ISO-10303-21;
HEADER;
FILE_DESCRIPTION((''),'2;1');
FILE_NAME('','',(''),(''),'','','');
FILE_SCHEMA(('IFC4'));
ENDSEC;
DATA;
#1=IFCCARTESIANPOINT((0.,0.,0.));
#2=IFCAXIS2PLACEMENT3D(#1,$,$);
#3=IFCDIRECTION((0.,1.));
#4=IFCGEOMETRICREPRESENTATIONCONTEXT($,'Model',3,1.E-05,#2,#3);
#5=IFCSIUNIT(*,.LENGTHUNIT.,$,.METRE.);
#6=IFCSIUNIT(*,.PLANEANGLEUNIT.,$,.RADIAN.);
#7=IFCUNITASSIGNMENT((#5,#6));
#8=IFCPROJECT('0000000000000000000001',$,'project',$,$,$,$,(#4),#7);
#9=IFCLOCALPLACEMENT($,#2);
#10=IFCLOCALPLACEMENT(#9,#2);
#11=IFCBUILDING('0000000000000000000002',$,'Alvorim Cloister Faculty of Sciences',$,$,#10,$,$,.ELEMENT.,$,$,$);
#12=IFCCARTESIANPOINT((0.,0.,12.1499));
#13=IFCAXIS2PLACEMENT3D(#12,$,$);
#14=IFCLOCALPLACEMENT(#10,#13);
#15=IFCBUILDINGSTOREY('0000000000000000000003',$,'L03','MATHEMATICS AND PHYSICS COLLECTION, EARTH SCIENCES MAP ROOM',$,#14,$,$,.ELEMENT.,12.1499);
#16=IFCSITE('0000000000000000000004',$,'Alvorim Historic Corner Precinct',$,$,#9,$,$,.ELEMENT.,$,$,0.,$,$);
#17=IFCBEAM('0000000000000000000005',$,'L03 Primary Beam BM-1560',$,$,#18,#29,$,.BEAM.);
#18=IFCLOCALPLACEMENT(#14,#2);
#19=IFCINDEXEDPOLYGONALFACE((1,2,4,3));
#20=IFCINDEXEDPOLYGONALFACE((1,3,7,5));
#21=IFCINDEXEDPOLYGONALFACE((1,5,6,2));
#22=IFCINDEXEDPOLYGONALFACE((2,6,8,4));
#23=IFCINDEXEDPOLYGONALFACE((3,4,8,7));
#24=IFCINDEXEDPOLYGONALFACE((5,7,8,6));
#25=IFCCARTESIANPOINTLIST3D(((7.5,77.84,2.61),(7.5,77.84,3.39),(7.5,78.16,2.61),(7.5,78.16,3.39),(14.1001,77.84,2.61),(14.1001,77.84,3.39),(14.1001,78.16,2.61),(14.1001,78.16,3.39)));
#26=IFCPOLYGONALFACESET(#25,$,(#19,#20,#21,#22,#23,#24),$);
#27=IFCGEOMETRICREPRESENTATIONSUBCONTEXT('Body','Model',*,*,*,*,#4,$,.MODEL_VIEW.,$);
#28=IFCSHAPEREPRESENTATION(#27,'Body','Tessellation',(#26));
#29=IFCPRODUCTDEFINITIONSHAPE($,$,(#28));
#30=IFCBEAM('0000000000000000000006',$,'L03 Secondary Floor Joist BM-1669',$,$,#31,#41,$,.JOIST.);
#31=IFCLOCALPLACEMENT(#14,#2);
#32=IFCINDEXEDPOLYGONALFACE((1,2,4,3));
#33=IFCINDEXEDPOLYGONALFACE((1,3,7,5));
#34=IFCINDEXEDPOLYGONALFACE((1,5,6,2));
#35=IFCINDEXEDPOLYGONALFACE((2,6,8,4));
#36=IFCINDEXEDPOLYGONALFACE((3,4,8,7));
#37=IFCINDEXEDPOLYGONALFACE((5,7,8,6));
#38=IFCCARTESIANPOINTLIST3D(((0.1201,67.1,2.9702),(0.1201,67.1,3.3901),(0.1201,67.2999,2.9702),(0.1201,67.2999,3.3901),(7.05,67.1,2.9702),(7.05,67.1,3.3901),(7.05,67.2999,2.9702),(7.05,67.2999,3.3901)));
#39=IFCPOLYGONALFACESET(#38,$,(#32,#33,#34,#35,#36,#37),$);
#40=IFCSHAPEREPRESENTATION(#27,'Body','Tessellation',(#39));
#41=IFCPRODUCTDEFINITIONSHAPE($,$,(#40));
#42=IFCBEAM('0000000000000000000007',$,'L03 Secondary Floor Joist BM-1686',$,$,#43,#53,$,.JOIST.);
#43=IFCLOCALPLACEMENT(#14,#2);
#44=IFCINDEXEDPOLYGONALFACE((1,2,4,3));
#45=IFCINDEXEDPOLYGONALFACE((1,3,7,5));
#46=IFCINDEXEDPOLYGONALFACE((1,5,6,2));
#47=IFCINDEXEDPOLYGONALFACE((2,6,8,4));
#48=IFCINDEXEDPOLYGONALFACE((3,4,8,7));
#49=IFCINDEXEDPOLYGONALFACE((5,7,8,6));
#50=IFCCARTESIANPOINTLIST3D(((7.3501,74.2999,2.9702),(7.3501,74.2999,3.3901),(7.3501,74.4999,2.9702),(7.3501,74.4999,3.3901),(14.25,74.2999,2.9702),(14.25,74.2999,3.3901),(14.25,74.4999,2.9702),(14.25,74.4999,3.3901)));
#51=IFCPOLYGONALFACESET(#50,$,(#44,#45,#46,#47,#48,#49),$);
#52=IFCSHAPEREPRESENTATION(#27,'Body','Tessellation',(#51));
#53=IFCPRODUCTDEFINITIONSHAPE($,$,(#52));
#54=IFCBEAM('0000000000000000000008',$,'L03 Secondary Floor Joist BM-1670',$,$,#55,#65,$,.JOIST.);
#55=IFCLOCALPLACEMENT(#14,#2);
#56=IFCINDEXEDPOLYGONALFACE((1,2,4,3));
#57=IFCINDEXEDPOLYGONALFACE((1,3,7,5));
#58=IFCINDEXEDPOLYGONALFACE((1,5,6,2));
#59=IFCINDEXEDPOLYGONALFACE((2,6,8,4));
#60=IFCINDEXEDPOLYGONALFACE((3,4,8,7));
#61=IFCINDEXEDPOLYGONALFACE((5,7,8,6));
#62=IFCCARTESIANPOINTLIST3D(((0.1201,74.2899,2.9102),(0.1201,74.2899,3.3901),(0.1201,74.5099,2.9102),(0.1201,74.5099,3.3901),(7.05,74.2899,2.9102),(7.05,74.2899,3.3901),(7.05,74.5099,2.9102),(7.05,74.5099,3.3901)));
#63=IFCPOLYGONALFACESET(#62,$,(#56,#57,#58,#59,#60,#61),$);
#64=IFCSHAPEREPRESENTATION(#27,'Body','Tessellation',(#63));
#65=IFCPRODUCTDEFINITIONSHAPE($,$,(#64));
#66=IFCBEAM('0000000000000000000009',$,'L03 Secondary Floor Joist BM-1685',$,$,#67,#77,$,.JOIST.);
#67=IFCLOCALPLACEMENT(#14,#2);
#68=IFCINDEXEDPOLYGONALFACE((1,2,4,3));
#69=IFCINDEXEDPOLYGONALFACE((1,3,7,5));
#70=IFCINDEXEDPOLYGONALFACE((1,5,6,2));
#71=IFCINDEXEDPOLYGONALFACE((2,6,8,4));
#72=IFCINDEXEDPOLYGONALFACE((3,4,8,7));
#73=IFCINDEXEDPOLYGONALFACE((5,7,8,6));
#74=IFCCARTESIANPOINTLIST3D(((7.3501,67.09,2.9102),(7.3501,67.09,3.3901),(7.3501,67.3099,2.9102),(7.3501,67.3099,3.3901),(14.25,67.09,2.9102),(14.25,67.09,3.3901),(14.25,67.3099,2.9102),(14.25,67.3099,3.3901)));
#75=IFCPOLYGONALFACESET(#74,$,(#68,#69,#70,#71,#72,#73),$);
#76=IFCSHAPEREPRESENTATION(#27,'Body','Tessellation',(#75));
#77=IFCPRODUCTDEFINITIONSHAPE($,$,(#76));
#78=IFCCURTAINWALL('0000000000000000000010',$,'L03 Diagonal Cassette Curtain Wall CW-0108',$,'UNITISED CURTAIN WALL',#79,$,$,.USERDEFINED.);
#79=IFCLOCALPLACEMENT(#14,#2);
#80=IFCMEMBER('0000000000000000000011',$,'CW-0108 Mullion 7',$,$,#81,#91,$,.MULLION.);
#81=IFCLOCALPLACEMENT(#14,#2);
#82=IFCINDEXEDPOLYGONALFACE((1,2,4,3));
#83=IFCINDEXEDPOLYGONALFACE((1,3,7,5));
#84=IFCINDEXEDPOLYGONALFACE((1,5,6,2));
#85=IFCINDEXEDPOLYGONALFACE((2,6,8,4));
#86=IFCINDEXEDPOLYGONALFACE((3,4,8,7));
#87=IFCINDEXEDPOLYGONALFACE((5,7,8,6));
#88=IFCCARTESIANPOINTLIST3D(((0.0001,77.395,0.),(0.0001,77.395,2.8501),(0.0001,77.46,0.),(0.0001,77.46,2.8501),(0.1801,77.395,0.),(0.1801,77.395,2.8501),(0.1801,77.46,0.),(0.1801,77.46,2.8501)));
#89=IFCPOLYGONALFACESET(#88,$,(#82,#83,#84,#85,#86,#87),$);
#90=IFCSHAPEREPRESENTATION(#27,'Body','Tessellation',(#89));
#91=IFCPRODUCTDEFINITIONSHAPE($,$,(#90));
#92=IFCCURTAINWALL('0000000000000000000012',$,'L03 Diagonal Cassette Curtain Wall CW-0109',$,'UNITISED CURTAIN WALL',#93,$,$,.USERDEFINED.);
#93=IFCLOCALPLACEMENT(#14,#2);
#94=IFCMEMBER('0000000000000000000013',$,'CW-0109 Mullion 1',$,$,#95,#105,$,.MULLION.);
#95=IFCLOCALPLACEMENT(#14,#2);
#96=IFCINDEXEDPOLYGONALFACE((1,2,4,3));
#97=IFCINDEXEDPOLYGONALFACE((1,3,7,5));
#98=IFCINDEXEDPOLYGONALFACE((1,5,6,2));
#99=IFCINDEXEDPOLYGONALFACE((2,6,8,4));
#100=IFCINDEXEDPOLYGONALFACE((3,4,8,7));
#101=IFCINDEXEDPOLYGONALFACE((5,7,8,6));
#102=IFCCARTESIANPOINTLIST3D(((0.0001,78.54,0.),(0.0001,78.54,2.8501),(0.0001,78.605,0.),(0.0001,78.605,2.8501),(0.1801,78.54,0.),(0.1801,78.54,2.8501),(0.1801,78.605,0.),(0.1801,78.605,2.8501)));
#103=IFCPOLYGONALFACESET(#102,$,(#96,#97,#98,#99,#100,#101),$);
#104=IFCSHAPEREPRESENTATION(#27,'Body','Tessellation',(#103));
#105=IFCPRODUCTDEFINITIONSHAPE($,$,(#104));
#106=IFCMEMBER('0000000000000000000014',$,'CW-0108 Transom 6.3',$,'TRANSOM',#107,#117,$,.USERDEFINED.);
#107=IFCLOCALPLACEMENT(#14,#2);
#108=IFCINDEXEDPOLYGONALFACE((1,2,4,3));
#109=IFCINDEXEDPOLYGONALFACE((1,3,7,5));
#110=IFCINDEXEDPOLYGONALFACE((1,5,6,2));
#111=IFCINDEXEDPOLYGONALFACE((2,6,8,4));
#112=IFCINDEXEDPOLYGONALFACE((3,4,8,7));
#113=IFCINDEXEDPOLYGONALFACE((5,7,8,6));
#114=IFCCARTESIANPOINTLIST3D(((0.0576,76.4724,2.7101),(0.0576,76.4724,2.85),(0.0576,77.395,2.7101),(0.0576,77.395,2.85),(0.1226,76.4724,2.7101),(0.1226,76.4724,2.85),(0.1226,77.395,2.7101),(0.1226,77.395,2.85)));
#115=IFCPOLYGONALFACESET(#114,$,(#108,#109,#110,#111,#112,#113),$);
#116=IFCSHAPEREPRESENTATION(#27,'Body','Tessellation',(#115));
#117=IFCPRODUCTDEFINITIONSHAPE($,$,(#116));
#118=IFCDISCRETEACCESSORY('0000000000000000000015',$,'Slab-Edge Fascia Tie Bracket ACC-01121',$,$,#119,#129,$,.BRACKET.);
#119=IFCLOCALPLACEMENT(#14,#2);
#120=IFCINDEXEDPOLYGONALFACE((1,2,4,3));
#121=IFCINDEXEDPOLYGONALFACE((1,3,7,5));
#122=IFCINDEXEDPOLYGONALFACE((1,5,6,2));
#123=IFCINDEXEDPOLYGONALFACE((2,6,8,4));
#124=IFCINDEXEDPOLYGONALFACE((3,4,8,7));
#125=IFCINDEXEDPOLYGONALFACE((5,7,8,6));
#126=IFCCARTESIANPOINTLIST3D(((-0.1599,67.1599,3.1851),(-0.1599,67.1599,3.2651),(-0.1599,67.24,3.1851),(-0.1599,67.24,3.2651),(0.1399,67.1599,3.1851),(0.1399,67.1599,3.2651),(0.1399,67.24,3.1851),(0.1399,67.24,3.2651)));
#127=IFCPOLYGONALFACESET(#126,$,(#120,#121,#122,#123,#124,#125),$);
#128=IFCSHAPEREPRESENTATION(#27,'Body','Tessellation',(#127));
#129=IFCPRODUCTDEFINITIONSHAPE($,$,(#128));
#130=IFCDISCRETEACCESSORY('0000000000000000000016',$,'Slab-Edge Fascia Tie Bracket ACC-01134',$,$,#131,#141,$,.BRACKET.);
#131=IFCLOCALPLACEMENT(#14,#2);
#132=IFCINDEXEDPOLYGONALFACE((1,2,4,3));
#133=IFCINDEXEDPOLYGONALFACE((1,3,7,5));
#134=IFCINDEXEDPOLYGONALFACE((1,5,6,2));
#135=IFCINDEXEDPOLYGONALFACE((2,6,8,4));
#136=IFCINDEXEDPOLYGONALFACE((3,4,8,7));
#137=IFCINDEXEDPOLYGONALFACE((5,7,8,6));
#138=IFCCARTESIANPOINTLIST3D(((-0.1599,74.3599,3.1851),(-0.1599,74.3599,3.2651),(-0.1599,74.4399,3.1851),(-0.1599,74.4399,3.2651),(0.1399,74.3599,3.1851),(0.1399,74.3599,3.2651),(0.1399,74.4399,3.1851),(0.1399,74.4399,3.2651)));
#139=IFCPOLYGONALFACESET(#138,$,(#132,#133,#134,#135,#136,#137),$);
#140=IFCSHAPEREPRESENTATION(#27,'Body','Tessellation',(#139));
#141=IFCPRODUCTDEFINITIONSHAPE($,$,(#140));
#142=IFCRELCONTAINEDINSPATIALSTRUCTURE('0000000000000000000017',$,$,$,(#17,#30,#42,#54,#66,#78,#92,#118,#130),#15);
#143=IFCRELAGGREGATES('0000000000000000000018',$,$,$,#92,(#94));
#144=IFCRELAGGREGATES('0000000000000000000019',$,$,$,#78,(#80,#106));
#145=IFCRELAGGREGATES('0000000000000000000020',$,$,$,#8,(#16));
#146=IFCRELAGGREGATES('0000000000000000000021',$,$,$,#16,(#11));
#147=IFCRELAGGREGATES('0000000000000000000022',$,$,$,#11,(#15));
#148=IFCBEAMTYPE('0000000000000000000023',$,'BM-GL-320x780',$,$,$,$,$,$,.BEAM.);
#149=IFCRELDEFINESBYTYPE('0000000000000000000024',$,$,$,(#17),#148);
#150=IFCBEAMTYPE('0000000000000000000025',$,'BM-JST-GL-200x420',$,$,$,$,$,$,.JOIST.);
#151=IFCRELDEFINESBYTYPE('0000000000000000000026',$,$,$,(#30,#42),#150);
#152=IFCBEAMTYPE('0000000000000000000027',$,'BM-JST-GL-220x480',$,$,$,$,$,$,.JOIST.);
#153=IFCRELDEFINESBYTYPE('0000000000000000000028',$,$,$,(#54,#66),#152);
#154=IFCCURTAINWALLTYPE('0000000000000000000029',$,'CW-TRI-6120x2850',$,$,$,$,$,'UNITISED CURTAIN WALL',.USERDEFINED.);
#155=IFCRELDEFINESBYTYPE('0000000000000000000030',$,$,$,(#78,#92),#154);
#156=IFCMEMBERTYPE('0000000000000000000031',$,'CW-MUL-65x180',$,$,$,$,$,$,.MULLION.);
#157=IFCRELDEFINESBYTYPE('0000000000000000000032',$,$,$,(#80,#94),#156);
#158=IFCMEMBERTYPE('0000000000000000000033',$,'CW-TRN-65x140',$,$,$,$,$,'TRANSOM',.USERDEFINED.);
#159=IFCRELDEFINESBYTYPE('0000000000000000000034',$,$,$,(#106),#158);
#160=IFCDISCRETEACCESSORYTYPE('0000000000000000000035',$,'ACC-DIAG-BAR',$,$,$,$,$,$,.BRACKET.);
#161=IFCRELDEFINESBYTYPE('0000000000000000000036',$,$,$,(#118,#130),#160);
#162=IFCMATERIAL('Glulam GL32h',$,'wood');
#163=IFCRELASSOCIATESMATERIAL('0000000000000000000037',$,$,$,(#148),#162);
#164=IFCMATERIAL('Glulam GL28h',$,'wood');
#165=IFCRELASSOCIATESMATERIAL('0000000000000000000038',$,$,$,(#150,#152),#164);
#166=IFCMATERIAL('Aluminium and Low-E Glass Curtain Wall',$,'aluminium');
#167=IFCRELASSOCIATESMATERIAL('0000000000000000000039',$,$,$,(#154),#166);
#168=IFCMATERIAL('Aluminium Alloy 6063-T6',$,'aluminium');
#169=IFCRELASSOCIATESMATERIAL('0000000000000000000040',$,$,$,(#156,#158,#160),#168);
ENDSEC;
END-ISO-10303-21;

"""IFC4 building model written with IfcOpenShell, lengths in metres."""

from ifc_helpers import new_model, si_unit, direction, frame, origin, origin_2d, place, context, subcontext, project, spatial, rectangle, extrude, material, material_profile, profile_set, type_object, element, aggregate, save


model = new_model("IFC4")

# Units and contexts
model_context = context("Model", 3, precision=1e-05, world=origin(), true_north=direction((0.0, 1.0)))
body_context = subcontext(model_context, "Body", "Model", "MODEL_VIEW")
ifc_project = project(units=[si_unit("LENGTHUNIT", "METRE"), si_unit("PLANEANGLEUNIT", "RADIAN")], contexts=[model_context])

# Site, building, storey
site_placement = place(None, origin())
site = spatial("IfcSite", under=ifc_project, at=site_placement, Name="Alvorim Historic Corner Precinct", CompositionType="ELEMENT", RefElevation=0.0)
building_placement = place(site_placement, origin())
building = spatial("IfcBuilding", under=site, at=building_placement, Name="Alvorim Cloister Faculty of Sciences", CompositionType="ELEMENT")
storey_placement = place(building_placement, frame((0.0, 0.0, 12.1499)))
storey = spatial("IfcBuildingStorey", under=building, at=storey_placement, Name="L03", Description="MATHEMATICS AND PHYSICS COLLECTION, EARTH SCIENCES MAP ROOM", CompositionType="ELEMENT", Elevation=12.1499)

# Shared definitions
ifc_material_1 = material(Name="Glulam GL32h", Category="wood")

# Beams
ifc_material_profile_1 = material_profile(ifc_material_1, rectangle(XDim=0.3201, YDim=0.78, at=origin_2d()), Name="GL32-BM-320x780")
ifc_profile_set_1 = profile_set([ifc_material_profile_1], Name="Glulam GL32h")
beam_type_1 = type_object("IfcBeamType", Name="BM-GL-320x780", PredefinedType="BEAM", material=ifc_profile_set_1)
beam_1_placement = place(storey_placement, frame((7.5, 78.0, 3.0), z_axis=(1.0, 0.0, 0.0), x_axis=(0.0, 1.0, 0.0)))
element("IfcBeam", 1, at=beam_1_placement, inside=storey, type_object=beam_type_1, Name="L03 Primary Beam BM-1560", PredefinedType="BEAM", context=body_context, shape_type="SweptSolid", body=[
    extrude(rectangle(XDim=0.3201, YDim=0.78, at=origin_2d()), origin(), (0.0, 0.0, 1.0), 6.6001),
])
ifc_material_2 = material(Name="Glulam GL28h", Category="wood")
ifc_material_profile_2 = material_profile(ifc_material_2, rectangle(XDim=0.2, YDim=0.4199, at=origin_2d()), Name="GL28-JST-200x420")
ifc_profile_set_2 = profile_set([ifc_material_profile_2], Name="Glulam GL28h")
beam_type_2 = type_object("IfcBeamType", Name="BM-JST-GL-200x420", PredefinedType="JOIST", material=ifc_profile_set_2)
beam_2_placement = place(storey_placement, frame((0.1201, 67.2, 3.1802), z_axis=(1.0, 0.0, 0.0), x_axis=(0.0, 1.0, 0.0)))
element("IfcBeam", 2, at=beam_2_placement, inside=storey, type_object=beam_type_2, Name="L03 Secondary Floor Joist BM-1669", PredefinedType="JOIST", context=body_context, shape_type="SweptSolid", body=[
    extrude(rectangle(XDim=0.2, YDim=0.4199, at=origin_2d()), origin(), (0.0, 0.0, 1.0), 6.9299),
])
beam_3_placement = place(storey_placement, frame((7.3501, 74.3999, 3.1802), z_axis=(1.0, 0.0, 0.0), x_axis=(0.0, 1.0, 0.0)))
element("IfcBeam", 3, at=beam_3_placement, inside=storey, type_object=beam_type_2, Name="L03 Secondary Floor Joist BM-1686", PredefinedType="JOIST", context=body_context, shape_type="SweptSolid", body=[
    extrude(rectangle(XDim=0.2, YDim=0.4199, at=origin_2d()), origin(), (0.0, 0.0, 1.0), 6.8999),
])
ifc_material_profile_3 = material_profile(ifc_material_2, rectangle(XDim=0.22, YDim=0.48, at=origin_2d()), Name="GL28-JST-220x480")
ifc_profile_set_3 = profile_set([ifc_material_profile_3], Name="Glulam GL28h")
beam_type_3 = type_object("IfcBeamType", Name="BM-JST-GL-220x480", PredefinedType="JOIST", material=ifc_profile_set_3)
beam_4_placement = place(storey_placement, frame((0.1201, 74.3999, 3.1501), z_axis=(1.0, 0.0, 0.0), x_axis=(0.0, 1.0, 0.0)))
element("IfcBeam", 4, at=beam_4_placement, inside=storey, type_object=beam_type_3, Name="L03 Secondary Floor Joist BM-1670", PredefinedType="JOIST", context=body_context, shape_type="SweptSolid", body=[
    extrude(rectangle(XDim=0.22, YDim=0.48, at=origin_2d()), origin(), (0.0, 0.0, 1.0), 6.9299),
])
beam_5_placement = place(storey_placement, frame((7.3501, 67.2, 3.1501), z_axis=(1.0, 0.0, 0.0), x_axis=(0.0, 1.0, 0.0)))
element("IfcBeam", 5, at=beam_5_placement, inside=storey, type_object=beam_type_3, Name="L03 Secondary Floor Joist BM-1685", PredefinedType="JOIST", context=body_context, shape_type="SweptSolid", body=[
    extrude(rectangle(XDim=0.22, YDim=0.48, at=origin_2d()), origin(), (0.0, 0.0, 1.0), 6.8999),
])

# Curtain walls, members
ifc_material_3 = material(Name="Aluminium and Low-E Glass Curtain Wall", Category="aluminium")
curtain_wall_type = type_object("IfcCurtainWallType", Name="CW-TRI-6120x2850", ElementType="UNITISED CURTAIN WALL", PredefinedType="USERDEFINED", material=ifc_material_3)
curtain_wall_1_placement = place(storey_placement, origin())
curtain_wall_1 = element("IfcCurtainWall", 6, at=curtain_wall_1_placement, inside=storey, type_object=curtain_wall_type, Name="L03 Diagonal Cassette Curtain Wall CW-0108", ObjectType="UNITISED CURTAIN WALL", PredefinedType="USERDEFINED")
ifc_material_4 = material(Name="Aluminium Alloy 6063-T6", Category="aluminium")
ifc_material_profile_4 = material_profile(ifc_material_4, rectangle(XDim=0.0649, YDim=0.1799, at=origin_2d()), Name="ALU-MUL-65x180")
ifc_profile_set_4 = profile_set([ifc_material_profile_4], Name="Aluminium Alloy 6063-T6")
member_type_1 = type_object("IfcMemberType", Name="CW-MUL-65x180", PredefinedType="MULLION", material=ifc_profile_set_4)
member_1_placement = place(storey_placement, frame((0.0901, 77.4275, 0.0), z_axis=(0.0, 0.0, 1.0), x_axis=(0.0, 1.0, 0.0)))
member_1 = element("IfcMember", 7, at=member_1_placement, type_object=member_type_1, Name="CW-0108 Mullion 7", PredefinedType="MULLION", context=body_context, shape_type="SweptSolid", body=[
    extrude(rectangle(XDim=0.0649, YDim=0.1799, at=origin_2d()), origin(), (0.0, 0.0, 1.0), 2.8501),
])
curtain_wall_2_placement = place(storey_placement, origin())
curtain_wall_2 = element("IfcCurtainWall", 8, at=curtain_wall_2_placement, inside=storey, type_object=curtain_wall_type, Name="L03 Diagonal Cassette Curtain Wall CW-0109", ObjectType="UNITISED CURTAIN WALL", PredefinedType="USERDEFINED")
member_2_placement = place(storey_placement, frame((0.0901, 78.5725, 0.0), z_axis=(0.0, 0.0, 1.0), x_axis=(0.0, 1.0, 0.0)))
member_2 = element("IfcMember", 9, at=member_2_placement, type_object=member_type_1, Name="CW-0109 Mullion 1", PredefinedType="MULLION", context=body_context, shape_type="SweptSolid", body=[
    extrude(rectangle(XDim=0.0649, YDim=0.1799, at=origin_2d()), origin(), (0.0, 0.0, 1.0), 2.8501),
])
aggregate(curtain_wall_2, [member_2])

# Member
ifc_material_profile_5 = material_profile(ifc_material_4, rectangle(XDim=0.0649, YDim=0.1399, at=origin_2d()), Name="ALU-TRN-65x140")
ifc_profile_set_5 = profile_set([ifc_material_profile_5], Name="Aluminium Alloy 6063-T6")
member_type_2 = type_object("IfcMemberType", Name="CW-TRN-65x140", ElementType="TRANSOM", PredefinedType="USERDEFINED", material=ifc_profile_set_5)
member_3_placement = place(storey_placement, frame((0.0901, 76.4724, 2.78), z_axis=(0.0, 1.0, 0.0), x_axis=(-1.0, 0.0, 0.0)))
member_3 = element("IfcMember", 10, at=member_3_placement, type_object=member_type_2, Name="CW-0108 Transom 6.3", ObjectType="TRANSOM", PredefinedType="USERDEFINED", context=body_context, shape_type="SweptSolid", body=[
    extrude(rectangle(XDim=0.0649, YDim=0.1399, at=origin_2d()), origin(), (0.0, 0.0, 1.0), 0.9226),
])
aggregate(curtain_wall_1, [member_1, member_3])

# Discrete accessories
discrete_accessory_type = type_object("IfcDiscreteAccessoryType", Name="ACC-DIAG-BAR", PredefinedType="BRACKET", material=ifc_material_4)
for number, where, z_axis, x_axis, name in (
    (11, (0.1399, 67.2, 3.2251), (-1.0, 0.0, 0.0), (0.0, -1.0, 0.0), "Slab-Edge Fascia Tie Bracket ACC-01121"),
    (12, (0.1399, 74.3999, 3.2251), (-1.0, 0.0, 0.0), (0.0, -1.0, 0.0), "Slab-Edge Fascia Tie Bracket ACC-01134"),
):
    element("IfcDiscreteAccessory", number, at=place(storey_placement, frame(where, z_axis=z_axis, x_axis=x_axis)), inside=storey, type_object=discrete_accessory_type, Name=name, PredefinedType="BRACKET", context=body_context, shape_type="SweptSolid", body=[
        extrude(rectangle(XDim=0.0801, YDim=0.0801, at=origin_2d()), origin(), (0.0, 0.0, 1.0), 0.2998),
    ])

save(model, "model.ifc")
